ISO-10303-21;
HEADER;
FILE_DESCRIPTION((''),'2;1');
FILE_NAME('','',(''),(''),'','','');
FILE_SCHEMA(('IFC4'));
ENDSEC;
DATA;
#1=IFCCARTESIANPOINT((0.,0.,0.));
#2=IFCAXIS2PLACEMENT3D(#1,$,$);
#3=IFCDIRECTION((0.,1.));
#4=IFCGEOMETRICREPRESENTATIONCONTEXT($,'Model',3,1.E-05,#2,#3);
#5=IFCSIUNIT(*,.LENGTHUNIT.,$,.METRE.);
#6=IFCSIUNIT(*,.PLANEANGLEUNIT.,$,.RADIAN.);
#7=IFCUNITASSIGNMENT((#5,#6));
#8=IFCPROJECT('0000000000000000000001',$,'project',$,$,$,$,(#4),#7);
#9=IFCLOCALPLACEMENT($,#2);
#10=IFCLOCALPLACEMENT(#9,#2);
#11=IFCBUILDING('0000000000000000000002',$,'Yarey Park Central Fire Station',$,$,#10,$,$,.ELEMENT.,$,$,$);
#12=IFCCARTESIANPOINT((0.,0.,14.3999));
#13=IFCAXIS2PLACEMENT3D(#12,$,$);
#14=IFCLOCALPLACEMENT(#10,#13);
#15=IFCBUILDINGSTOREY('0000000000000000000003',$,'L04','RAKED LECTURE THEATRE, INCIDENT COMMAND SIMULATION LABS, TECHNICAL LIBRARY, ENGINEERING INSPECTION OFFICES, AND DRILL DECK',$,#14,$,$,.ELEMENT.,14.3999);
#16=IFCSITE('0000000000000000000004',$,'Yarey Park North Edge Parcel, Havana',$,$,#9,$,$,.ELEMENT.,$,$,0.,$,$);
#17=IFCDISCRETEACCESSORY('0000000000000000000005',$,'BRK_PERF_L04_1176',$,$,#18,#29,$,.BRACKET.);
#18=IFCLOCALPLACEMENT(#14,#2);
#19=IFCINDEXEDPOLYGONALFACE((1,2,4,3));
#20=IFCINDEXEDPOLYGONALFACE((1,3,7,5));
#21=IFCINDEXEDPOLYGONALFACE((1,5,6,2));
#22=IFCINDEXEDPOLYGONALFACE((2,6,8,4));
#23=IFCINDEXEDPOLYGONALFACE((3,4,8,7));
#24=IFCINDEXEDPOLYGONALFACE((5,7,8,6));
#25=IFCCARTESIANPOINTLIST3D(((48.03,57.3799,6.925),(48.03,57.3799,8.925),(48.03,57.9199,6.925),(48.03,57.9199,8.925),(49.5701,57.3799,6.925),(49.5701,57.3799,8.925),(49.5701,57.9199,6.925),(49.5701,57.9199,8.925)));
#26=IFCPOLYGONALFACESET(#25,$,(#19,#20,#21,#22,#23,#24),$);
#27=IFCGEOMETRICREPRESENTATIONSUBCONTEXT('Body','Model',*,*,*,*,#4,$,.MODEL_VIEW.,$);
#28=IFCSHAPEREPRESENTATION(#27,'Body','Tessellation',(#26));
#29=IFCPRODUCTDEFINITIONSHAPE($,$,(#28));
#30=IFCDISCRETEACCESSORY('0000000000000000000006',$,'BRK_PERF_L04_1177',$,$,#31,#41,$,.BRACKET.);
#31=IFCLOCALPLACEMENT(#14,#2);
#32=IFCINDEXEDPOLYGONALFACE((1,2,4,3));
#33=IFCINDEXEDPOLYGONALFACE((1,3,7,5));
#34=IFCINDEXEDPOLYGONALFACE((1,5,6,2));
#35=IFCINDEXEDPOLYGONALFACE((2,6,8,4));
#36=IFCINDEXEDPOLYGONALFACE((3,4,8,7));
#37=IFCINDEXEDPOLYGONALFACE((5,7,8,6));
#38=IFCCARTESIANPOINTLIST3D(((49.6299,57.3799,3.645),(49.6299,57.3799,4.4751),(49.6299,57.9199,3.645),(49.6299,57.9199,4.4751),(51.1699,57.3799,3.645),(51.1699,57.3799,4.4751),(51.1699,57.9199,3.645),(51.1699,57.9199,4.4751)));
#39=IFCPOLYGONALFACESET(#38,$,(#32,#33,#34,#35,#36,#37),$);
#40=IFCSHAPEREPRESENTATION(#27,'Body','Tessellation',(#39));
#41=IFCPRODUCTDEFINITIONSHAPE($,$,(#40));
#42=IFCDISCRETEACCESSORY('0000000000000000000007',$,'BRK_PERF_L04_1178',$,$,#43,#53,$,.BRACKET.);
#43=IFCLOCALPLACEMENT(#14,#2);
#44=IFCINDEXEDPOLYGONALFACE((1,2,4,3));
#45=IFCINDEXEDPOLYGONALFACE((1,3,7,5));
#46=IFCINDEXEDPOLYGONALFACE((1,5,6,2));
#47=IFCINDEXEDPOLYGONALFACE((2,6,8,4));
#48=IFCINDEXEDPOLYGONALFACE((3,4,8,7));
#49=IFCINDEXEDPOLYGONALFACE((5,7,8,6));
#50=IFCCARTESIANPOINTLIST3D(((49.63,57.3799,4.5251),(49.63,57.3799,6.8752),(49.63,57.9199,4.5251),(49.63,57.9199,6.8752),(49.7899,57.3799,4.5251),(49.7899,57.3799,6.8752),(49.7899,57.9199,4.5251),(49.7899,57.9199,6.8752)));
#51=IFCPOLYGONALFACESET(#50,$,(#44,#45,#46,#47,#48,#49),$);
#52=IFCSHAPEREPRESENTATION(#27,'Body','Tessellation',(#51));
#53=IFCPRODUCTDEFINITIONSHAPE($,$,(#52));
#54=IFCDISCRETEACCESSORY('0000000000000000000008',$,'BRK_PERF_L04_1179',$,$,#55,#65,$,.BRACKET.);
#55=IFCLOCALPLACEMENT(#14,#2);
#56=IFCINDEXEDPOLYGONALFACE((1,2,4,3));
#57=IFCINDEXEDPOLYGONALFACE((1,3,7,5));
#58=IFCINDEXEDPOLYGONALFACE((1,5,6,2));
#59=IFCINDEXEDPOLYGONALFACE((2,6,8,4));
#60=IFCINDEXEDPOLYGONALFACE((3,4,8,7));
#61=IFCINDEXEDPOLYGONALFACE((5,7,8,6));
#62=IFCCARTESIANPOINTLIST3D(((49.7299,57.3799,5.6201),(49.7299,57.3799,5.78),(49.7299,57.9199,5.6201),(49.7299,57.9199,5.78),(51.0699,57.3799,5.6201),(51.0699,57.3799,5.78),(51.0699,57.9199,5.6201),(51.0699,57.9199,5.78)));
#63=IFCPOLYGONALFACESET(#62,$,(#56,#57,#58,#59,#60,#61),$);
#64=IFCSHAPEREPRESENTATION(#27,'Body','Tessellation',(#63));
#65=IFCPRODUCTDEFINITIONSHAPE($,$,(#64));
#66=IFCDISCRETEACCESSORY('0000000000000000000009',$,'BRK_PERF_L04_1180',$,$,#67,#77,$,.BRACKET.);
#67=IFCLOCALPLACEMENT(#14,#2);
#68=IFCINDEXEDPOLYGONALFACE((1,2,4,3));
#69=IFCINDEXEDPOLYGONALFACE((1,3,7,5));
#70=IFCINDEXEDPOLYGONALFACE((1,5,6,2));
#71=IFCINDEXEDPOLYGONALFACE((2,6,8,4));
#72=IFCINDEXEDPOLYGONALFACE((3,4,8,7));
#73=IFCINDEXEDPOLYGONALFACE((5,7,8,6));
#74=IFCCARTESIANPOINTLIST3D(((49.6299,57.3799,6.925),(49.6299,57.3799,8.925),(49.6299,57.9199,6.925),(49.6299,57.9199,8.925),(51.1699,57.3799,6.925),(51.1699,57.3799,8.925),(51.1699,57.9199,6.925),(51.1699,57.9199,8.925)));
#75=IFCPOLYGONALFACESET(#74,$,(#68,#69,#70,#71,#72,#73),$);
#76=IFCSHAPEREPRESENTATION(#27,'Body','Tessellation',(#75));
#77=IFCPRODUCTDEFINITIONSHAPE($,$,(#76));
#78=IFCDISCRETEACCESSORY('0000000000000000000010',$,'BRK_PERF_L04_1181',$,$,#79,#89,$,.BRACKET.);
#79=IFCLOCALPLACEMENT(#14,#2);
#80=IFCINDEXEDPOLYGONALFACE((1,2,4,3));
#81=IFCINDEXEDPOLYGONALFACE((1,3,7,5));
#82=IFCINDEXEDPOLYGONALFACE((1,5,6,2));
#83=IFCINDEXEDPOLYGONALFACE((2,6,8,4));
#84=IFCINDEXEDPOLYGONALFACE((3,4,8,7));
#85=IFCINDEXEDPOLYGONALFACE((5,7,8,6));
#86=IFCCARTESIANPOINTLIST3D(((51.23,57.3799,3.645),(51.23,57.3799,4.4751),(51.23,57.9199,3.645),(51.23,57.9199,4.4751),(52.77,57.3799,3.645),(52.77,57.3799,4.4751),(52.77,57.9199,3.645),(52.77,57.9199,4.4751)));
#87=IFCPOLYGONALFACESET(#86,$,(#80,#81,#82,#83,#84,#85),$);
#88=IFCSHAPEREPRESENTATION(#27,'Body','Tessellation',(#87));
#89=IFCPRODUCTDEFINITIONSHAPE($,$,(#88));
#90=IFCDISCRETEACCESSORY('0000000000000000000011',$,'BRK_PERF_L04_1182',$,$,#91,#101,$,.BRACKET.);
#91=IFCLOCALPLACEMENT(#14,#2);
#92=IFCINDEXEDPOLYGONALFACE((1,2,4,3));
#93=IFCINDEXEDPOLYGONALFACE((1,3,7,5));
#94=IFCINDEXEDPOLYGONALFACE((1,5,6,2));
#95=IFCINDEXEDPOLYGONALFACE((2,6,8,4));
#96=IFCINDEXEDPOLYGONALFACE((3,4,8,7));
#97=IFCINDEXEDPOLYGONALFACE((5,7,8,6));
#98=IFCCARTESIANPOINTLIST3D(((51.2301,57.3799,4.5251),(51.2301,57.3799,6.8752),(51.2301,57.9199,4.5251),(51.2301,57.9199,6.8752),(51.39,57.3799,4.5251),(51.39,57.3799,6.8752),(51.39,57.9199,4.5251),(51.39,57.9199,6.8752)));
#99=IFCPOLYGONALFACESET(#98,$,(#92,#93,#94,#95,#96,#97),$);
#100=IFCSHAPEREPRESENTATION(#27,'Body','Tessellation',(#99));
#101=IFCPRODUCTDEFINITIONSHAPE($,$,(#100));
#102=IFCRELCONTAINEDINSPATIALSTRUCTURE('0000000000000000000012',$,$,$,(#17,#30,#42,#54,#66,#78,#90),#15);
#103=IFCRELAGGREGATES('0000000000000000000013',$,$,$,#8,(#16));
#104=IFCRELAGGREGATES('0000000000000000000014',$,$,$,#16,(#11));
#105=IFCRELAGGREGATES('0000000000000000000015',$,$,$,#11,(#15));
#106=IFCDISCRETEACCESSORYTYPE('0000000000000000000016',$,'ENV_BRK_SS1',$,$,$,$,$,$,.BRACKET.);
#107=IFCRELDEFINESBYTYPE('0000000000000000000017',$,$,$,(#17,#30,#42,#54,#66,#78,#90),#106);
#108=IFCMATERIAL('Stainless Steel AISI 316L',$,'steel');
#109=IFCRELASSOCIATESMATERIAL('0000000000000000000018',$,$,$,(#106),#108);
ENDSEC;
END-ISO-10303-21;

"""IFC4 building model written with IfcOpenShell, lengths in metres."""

from ifc_helpers import new_model, si_unit, direction, frame, origin, origin_2d, place, context, subcontext, project, spatial, rectangle, extrude, material, type_object, element, save


model = new_model("IFC4")

# Units and contexts
model_context = context("Model", 3, precision=1e-05, world=origin(), true_north=direction((0.0, 1.0)))
body_context = subcontext(model_context, "Body", "Model", "MODEL_VIEW")
ifc_project = project(units=[si_unit("LENGTHUNIT", "METRE"), si_unit("PLANEANGLEUNIT", "RADIAN")], contexts=[model_context])

# Site, building, storey
site_placement = place(None, origin())
site = spatial("IfcSite", under=ifc_project, at=site_placement, Name="Yarey Park North Edge Parcel, Havana", CompositionType="ELEMENT", RefElevation=0.0)
building_placement = place(site_placement, origin())
building = spatial("IfcBuilding", under=site, at=building_placement, Name="Yarey Park Central Fire Station", CompositionType="ELEMENT")
storey_placement = place(building_placement, frame((0.0, 0.0, 14.3999)))
storey = spatial("IfcBuildingStorey", under=building, at=storey_placement, Name="L04", Description="RAKED LECTURE THEATRE, INCIDENT COMMAND SIMULATION LABS, TECHNICAL LIBRARY, ENGINEERING INSPECTION OFFICES, AND DRILL DECK", CompositionType="ELEMENT", Elevation=14.3999)

# Discrete accessories
ifc_material = material(Name="Stainless Steel AISI 316L", Category="steel")
discrete_accessory_type = type_object("IfcDiscreteAccessoryType", Name="ENV_BRK_SS1", PredefinedType="BRACKET", material=ifc_material)
discrete_accessory_1_placement = place(storey_placement, frame((48.8, 57.6499, 6.925), z_axis=(0.0, 0.0, 1.0), x_axis=(1.0, 0.0, 0.0)))
element("IfcDiscreteAccessory", 1, at=discrete_accessory_1_placement, inside=storey, type_object=discrete_accessory_type, Name="BRK_PERF_L04_1176", PredefinedType="BRACKET", context=body_context, shape_type="SweptSolid", body=[
    extrude(rectangle(XDim=1.54, YDim=0.54, at=origin_2d()), origin(), (0.0, 0.0, 1.0), 2.0),
])
discrete_accessory_2_placement = place(storey_placement, frame((50.3999, 57.6499, 3.645), z_axis=(0.0, 0.0, 1.0), x_axis=(1.0, 0.0, 0.0)))
element("IfcDiscreteAccessory", 2, at=discrete_accessory_2_placement, inside=storey, type_object=discrete_accessory_type, Name="BRK_PERF_L04_1177", PredefinedType="BRACKET", context=body_context, shape_type="SweptSolid", body=[
    extrude(rectangle(XDim=1.54, YDim=0.54, at=origin_2d()), origin(), (0.0, 0.0, 1.0), 0.8301),
])
discrete_accessory_3_placement = place(storey_placement, frame((49.71, 57.6499, 4.5251), z_axis=(0.0, 0.0, 1.0), x_axis=(1.0, 0.0, 0.0)))
element("IfcDiscreteAccessory", 3, at=discrete_accessory_3_placement, inside=storey, type_object=discrete_accessory_type, Name="BRK_PERF_L04_1178", PredefinedType="BRACKET", context=body_context, shape_type="SweptSolid", body=[
    extrude(rectangle(XDim=0.1599, YDim=0.54, at=origin_2d()), origin(), (0.0, 0.0, 1.0), 2.3501),
])
discrete_accessory_4_placement = place(storey_placement, frame((50.3999, 57.6499, 5.6201), z_axis=(0.0, 0.0, 1.0), x_axis=(1.0, 0.0, 0.0)))
element("IfcDiscreteAccessory", 4, at=discrete_accessory_4_placement, inside=storey, type_object=discrete_accessory_type, Name="BRK_PERF_L04_1179", PredefinedType="BRACKET", context=body_context, shape_type="SweptSolid", body=[
    extrude(rectangle(XDim=1.3401, YDim=0.54, at=origin_2d()), origin(), (0.0, 0.0, 1.0), 0.1599),
])
discrete_accessory_5_placement = place(storey_placement, frame((50.3999, 57.6499, 6.925), z_axis=(0.0, 0.0, 1.0), x_axis=(1.0, 0.0, 0.0)))
element("IfcDiscreteAccessory", 5, at=discrete_accessory_5_placement, inside=storey, type_object=discrete_accessory_type, Name="BRK_PERF_L04_1180", PredefinedType="BRACKET", context=body_context, shape_type="SweptSolid", body=[
    extrude(rectangle(XDim=1.54, YDim=0.54, at=origin_2d()), origin(), (0.0, 0.0, 1.0), 2.0),
])
discrete_accessory_6_placement = place(storey_placement, frame((52.0, 57.6499, 3.645), z_axis=(0.0, 0.0, 1.0), x_axis=(1.0, 0.0, 0.0)))
element("IfcDiscreteAccessory", 6, at=discrete_accessory_6_placement, inside=storey, type_object=discrete_accessory_type, Name="BRK_PERF_L04_1181", PredefinedType="BRACKET", context=body_context, shape_type="SweptSolid", body=[
    extrude(rectangle(XDim=1.54, YDim=0.54, at=origin_2d()), origin(), (0.0, 0.0, 1.0), 0.8301),
])
discrete_accessory_7_placement = place(storey_placement, frame((51.3101, 57.6499, 4.5251), z_axis=(0.0, 0.0, 1.0), x_axis=(1.0, 0.0, 0.0)))
element("IfcDiscreteAccessory", 7, at=discrete_accessory_7_placement, inside=storey, type_object=discrete_accessory_type, Name="BRK_PERF_L04_1182", PredefinedType="BRACKET", context=body_context, shape_type="SweptSolid", body=[
    extrude(rectangle(XDim=0.1599, YDim=0.54, at=origin_2d()), origin(), (0.0, 0.0, 1.0), 2.3501),
])

save(model, "model.ifc")
